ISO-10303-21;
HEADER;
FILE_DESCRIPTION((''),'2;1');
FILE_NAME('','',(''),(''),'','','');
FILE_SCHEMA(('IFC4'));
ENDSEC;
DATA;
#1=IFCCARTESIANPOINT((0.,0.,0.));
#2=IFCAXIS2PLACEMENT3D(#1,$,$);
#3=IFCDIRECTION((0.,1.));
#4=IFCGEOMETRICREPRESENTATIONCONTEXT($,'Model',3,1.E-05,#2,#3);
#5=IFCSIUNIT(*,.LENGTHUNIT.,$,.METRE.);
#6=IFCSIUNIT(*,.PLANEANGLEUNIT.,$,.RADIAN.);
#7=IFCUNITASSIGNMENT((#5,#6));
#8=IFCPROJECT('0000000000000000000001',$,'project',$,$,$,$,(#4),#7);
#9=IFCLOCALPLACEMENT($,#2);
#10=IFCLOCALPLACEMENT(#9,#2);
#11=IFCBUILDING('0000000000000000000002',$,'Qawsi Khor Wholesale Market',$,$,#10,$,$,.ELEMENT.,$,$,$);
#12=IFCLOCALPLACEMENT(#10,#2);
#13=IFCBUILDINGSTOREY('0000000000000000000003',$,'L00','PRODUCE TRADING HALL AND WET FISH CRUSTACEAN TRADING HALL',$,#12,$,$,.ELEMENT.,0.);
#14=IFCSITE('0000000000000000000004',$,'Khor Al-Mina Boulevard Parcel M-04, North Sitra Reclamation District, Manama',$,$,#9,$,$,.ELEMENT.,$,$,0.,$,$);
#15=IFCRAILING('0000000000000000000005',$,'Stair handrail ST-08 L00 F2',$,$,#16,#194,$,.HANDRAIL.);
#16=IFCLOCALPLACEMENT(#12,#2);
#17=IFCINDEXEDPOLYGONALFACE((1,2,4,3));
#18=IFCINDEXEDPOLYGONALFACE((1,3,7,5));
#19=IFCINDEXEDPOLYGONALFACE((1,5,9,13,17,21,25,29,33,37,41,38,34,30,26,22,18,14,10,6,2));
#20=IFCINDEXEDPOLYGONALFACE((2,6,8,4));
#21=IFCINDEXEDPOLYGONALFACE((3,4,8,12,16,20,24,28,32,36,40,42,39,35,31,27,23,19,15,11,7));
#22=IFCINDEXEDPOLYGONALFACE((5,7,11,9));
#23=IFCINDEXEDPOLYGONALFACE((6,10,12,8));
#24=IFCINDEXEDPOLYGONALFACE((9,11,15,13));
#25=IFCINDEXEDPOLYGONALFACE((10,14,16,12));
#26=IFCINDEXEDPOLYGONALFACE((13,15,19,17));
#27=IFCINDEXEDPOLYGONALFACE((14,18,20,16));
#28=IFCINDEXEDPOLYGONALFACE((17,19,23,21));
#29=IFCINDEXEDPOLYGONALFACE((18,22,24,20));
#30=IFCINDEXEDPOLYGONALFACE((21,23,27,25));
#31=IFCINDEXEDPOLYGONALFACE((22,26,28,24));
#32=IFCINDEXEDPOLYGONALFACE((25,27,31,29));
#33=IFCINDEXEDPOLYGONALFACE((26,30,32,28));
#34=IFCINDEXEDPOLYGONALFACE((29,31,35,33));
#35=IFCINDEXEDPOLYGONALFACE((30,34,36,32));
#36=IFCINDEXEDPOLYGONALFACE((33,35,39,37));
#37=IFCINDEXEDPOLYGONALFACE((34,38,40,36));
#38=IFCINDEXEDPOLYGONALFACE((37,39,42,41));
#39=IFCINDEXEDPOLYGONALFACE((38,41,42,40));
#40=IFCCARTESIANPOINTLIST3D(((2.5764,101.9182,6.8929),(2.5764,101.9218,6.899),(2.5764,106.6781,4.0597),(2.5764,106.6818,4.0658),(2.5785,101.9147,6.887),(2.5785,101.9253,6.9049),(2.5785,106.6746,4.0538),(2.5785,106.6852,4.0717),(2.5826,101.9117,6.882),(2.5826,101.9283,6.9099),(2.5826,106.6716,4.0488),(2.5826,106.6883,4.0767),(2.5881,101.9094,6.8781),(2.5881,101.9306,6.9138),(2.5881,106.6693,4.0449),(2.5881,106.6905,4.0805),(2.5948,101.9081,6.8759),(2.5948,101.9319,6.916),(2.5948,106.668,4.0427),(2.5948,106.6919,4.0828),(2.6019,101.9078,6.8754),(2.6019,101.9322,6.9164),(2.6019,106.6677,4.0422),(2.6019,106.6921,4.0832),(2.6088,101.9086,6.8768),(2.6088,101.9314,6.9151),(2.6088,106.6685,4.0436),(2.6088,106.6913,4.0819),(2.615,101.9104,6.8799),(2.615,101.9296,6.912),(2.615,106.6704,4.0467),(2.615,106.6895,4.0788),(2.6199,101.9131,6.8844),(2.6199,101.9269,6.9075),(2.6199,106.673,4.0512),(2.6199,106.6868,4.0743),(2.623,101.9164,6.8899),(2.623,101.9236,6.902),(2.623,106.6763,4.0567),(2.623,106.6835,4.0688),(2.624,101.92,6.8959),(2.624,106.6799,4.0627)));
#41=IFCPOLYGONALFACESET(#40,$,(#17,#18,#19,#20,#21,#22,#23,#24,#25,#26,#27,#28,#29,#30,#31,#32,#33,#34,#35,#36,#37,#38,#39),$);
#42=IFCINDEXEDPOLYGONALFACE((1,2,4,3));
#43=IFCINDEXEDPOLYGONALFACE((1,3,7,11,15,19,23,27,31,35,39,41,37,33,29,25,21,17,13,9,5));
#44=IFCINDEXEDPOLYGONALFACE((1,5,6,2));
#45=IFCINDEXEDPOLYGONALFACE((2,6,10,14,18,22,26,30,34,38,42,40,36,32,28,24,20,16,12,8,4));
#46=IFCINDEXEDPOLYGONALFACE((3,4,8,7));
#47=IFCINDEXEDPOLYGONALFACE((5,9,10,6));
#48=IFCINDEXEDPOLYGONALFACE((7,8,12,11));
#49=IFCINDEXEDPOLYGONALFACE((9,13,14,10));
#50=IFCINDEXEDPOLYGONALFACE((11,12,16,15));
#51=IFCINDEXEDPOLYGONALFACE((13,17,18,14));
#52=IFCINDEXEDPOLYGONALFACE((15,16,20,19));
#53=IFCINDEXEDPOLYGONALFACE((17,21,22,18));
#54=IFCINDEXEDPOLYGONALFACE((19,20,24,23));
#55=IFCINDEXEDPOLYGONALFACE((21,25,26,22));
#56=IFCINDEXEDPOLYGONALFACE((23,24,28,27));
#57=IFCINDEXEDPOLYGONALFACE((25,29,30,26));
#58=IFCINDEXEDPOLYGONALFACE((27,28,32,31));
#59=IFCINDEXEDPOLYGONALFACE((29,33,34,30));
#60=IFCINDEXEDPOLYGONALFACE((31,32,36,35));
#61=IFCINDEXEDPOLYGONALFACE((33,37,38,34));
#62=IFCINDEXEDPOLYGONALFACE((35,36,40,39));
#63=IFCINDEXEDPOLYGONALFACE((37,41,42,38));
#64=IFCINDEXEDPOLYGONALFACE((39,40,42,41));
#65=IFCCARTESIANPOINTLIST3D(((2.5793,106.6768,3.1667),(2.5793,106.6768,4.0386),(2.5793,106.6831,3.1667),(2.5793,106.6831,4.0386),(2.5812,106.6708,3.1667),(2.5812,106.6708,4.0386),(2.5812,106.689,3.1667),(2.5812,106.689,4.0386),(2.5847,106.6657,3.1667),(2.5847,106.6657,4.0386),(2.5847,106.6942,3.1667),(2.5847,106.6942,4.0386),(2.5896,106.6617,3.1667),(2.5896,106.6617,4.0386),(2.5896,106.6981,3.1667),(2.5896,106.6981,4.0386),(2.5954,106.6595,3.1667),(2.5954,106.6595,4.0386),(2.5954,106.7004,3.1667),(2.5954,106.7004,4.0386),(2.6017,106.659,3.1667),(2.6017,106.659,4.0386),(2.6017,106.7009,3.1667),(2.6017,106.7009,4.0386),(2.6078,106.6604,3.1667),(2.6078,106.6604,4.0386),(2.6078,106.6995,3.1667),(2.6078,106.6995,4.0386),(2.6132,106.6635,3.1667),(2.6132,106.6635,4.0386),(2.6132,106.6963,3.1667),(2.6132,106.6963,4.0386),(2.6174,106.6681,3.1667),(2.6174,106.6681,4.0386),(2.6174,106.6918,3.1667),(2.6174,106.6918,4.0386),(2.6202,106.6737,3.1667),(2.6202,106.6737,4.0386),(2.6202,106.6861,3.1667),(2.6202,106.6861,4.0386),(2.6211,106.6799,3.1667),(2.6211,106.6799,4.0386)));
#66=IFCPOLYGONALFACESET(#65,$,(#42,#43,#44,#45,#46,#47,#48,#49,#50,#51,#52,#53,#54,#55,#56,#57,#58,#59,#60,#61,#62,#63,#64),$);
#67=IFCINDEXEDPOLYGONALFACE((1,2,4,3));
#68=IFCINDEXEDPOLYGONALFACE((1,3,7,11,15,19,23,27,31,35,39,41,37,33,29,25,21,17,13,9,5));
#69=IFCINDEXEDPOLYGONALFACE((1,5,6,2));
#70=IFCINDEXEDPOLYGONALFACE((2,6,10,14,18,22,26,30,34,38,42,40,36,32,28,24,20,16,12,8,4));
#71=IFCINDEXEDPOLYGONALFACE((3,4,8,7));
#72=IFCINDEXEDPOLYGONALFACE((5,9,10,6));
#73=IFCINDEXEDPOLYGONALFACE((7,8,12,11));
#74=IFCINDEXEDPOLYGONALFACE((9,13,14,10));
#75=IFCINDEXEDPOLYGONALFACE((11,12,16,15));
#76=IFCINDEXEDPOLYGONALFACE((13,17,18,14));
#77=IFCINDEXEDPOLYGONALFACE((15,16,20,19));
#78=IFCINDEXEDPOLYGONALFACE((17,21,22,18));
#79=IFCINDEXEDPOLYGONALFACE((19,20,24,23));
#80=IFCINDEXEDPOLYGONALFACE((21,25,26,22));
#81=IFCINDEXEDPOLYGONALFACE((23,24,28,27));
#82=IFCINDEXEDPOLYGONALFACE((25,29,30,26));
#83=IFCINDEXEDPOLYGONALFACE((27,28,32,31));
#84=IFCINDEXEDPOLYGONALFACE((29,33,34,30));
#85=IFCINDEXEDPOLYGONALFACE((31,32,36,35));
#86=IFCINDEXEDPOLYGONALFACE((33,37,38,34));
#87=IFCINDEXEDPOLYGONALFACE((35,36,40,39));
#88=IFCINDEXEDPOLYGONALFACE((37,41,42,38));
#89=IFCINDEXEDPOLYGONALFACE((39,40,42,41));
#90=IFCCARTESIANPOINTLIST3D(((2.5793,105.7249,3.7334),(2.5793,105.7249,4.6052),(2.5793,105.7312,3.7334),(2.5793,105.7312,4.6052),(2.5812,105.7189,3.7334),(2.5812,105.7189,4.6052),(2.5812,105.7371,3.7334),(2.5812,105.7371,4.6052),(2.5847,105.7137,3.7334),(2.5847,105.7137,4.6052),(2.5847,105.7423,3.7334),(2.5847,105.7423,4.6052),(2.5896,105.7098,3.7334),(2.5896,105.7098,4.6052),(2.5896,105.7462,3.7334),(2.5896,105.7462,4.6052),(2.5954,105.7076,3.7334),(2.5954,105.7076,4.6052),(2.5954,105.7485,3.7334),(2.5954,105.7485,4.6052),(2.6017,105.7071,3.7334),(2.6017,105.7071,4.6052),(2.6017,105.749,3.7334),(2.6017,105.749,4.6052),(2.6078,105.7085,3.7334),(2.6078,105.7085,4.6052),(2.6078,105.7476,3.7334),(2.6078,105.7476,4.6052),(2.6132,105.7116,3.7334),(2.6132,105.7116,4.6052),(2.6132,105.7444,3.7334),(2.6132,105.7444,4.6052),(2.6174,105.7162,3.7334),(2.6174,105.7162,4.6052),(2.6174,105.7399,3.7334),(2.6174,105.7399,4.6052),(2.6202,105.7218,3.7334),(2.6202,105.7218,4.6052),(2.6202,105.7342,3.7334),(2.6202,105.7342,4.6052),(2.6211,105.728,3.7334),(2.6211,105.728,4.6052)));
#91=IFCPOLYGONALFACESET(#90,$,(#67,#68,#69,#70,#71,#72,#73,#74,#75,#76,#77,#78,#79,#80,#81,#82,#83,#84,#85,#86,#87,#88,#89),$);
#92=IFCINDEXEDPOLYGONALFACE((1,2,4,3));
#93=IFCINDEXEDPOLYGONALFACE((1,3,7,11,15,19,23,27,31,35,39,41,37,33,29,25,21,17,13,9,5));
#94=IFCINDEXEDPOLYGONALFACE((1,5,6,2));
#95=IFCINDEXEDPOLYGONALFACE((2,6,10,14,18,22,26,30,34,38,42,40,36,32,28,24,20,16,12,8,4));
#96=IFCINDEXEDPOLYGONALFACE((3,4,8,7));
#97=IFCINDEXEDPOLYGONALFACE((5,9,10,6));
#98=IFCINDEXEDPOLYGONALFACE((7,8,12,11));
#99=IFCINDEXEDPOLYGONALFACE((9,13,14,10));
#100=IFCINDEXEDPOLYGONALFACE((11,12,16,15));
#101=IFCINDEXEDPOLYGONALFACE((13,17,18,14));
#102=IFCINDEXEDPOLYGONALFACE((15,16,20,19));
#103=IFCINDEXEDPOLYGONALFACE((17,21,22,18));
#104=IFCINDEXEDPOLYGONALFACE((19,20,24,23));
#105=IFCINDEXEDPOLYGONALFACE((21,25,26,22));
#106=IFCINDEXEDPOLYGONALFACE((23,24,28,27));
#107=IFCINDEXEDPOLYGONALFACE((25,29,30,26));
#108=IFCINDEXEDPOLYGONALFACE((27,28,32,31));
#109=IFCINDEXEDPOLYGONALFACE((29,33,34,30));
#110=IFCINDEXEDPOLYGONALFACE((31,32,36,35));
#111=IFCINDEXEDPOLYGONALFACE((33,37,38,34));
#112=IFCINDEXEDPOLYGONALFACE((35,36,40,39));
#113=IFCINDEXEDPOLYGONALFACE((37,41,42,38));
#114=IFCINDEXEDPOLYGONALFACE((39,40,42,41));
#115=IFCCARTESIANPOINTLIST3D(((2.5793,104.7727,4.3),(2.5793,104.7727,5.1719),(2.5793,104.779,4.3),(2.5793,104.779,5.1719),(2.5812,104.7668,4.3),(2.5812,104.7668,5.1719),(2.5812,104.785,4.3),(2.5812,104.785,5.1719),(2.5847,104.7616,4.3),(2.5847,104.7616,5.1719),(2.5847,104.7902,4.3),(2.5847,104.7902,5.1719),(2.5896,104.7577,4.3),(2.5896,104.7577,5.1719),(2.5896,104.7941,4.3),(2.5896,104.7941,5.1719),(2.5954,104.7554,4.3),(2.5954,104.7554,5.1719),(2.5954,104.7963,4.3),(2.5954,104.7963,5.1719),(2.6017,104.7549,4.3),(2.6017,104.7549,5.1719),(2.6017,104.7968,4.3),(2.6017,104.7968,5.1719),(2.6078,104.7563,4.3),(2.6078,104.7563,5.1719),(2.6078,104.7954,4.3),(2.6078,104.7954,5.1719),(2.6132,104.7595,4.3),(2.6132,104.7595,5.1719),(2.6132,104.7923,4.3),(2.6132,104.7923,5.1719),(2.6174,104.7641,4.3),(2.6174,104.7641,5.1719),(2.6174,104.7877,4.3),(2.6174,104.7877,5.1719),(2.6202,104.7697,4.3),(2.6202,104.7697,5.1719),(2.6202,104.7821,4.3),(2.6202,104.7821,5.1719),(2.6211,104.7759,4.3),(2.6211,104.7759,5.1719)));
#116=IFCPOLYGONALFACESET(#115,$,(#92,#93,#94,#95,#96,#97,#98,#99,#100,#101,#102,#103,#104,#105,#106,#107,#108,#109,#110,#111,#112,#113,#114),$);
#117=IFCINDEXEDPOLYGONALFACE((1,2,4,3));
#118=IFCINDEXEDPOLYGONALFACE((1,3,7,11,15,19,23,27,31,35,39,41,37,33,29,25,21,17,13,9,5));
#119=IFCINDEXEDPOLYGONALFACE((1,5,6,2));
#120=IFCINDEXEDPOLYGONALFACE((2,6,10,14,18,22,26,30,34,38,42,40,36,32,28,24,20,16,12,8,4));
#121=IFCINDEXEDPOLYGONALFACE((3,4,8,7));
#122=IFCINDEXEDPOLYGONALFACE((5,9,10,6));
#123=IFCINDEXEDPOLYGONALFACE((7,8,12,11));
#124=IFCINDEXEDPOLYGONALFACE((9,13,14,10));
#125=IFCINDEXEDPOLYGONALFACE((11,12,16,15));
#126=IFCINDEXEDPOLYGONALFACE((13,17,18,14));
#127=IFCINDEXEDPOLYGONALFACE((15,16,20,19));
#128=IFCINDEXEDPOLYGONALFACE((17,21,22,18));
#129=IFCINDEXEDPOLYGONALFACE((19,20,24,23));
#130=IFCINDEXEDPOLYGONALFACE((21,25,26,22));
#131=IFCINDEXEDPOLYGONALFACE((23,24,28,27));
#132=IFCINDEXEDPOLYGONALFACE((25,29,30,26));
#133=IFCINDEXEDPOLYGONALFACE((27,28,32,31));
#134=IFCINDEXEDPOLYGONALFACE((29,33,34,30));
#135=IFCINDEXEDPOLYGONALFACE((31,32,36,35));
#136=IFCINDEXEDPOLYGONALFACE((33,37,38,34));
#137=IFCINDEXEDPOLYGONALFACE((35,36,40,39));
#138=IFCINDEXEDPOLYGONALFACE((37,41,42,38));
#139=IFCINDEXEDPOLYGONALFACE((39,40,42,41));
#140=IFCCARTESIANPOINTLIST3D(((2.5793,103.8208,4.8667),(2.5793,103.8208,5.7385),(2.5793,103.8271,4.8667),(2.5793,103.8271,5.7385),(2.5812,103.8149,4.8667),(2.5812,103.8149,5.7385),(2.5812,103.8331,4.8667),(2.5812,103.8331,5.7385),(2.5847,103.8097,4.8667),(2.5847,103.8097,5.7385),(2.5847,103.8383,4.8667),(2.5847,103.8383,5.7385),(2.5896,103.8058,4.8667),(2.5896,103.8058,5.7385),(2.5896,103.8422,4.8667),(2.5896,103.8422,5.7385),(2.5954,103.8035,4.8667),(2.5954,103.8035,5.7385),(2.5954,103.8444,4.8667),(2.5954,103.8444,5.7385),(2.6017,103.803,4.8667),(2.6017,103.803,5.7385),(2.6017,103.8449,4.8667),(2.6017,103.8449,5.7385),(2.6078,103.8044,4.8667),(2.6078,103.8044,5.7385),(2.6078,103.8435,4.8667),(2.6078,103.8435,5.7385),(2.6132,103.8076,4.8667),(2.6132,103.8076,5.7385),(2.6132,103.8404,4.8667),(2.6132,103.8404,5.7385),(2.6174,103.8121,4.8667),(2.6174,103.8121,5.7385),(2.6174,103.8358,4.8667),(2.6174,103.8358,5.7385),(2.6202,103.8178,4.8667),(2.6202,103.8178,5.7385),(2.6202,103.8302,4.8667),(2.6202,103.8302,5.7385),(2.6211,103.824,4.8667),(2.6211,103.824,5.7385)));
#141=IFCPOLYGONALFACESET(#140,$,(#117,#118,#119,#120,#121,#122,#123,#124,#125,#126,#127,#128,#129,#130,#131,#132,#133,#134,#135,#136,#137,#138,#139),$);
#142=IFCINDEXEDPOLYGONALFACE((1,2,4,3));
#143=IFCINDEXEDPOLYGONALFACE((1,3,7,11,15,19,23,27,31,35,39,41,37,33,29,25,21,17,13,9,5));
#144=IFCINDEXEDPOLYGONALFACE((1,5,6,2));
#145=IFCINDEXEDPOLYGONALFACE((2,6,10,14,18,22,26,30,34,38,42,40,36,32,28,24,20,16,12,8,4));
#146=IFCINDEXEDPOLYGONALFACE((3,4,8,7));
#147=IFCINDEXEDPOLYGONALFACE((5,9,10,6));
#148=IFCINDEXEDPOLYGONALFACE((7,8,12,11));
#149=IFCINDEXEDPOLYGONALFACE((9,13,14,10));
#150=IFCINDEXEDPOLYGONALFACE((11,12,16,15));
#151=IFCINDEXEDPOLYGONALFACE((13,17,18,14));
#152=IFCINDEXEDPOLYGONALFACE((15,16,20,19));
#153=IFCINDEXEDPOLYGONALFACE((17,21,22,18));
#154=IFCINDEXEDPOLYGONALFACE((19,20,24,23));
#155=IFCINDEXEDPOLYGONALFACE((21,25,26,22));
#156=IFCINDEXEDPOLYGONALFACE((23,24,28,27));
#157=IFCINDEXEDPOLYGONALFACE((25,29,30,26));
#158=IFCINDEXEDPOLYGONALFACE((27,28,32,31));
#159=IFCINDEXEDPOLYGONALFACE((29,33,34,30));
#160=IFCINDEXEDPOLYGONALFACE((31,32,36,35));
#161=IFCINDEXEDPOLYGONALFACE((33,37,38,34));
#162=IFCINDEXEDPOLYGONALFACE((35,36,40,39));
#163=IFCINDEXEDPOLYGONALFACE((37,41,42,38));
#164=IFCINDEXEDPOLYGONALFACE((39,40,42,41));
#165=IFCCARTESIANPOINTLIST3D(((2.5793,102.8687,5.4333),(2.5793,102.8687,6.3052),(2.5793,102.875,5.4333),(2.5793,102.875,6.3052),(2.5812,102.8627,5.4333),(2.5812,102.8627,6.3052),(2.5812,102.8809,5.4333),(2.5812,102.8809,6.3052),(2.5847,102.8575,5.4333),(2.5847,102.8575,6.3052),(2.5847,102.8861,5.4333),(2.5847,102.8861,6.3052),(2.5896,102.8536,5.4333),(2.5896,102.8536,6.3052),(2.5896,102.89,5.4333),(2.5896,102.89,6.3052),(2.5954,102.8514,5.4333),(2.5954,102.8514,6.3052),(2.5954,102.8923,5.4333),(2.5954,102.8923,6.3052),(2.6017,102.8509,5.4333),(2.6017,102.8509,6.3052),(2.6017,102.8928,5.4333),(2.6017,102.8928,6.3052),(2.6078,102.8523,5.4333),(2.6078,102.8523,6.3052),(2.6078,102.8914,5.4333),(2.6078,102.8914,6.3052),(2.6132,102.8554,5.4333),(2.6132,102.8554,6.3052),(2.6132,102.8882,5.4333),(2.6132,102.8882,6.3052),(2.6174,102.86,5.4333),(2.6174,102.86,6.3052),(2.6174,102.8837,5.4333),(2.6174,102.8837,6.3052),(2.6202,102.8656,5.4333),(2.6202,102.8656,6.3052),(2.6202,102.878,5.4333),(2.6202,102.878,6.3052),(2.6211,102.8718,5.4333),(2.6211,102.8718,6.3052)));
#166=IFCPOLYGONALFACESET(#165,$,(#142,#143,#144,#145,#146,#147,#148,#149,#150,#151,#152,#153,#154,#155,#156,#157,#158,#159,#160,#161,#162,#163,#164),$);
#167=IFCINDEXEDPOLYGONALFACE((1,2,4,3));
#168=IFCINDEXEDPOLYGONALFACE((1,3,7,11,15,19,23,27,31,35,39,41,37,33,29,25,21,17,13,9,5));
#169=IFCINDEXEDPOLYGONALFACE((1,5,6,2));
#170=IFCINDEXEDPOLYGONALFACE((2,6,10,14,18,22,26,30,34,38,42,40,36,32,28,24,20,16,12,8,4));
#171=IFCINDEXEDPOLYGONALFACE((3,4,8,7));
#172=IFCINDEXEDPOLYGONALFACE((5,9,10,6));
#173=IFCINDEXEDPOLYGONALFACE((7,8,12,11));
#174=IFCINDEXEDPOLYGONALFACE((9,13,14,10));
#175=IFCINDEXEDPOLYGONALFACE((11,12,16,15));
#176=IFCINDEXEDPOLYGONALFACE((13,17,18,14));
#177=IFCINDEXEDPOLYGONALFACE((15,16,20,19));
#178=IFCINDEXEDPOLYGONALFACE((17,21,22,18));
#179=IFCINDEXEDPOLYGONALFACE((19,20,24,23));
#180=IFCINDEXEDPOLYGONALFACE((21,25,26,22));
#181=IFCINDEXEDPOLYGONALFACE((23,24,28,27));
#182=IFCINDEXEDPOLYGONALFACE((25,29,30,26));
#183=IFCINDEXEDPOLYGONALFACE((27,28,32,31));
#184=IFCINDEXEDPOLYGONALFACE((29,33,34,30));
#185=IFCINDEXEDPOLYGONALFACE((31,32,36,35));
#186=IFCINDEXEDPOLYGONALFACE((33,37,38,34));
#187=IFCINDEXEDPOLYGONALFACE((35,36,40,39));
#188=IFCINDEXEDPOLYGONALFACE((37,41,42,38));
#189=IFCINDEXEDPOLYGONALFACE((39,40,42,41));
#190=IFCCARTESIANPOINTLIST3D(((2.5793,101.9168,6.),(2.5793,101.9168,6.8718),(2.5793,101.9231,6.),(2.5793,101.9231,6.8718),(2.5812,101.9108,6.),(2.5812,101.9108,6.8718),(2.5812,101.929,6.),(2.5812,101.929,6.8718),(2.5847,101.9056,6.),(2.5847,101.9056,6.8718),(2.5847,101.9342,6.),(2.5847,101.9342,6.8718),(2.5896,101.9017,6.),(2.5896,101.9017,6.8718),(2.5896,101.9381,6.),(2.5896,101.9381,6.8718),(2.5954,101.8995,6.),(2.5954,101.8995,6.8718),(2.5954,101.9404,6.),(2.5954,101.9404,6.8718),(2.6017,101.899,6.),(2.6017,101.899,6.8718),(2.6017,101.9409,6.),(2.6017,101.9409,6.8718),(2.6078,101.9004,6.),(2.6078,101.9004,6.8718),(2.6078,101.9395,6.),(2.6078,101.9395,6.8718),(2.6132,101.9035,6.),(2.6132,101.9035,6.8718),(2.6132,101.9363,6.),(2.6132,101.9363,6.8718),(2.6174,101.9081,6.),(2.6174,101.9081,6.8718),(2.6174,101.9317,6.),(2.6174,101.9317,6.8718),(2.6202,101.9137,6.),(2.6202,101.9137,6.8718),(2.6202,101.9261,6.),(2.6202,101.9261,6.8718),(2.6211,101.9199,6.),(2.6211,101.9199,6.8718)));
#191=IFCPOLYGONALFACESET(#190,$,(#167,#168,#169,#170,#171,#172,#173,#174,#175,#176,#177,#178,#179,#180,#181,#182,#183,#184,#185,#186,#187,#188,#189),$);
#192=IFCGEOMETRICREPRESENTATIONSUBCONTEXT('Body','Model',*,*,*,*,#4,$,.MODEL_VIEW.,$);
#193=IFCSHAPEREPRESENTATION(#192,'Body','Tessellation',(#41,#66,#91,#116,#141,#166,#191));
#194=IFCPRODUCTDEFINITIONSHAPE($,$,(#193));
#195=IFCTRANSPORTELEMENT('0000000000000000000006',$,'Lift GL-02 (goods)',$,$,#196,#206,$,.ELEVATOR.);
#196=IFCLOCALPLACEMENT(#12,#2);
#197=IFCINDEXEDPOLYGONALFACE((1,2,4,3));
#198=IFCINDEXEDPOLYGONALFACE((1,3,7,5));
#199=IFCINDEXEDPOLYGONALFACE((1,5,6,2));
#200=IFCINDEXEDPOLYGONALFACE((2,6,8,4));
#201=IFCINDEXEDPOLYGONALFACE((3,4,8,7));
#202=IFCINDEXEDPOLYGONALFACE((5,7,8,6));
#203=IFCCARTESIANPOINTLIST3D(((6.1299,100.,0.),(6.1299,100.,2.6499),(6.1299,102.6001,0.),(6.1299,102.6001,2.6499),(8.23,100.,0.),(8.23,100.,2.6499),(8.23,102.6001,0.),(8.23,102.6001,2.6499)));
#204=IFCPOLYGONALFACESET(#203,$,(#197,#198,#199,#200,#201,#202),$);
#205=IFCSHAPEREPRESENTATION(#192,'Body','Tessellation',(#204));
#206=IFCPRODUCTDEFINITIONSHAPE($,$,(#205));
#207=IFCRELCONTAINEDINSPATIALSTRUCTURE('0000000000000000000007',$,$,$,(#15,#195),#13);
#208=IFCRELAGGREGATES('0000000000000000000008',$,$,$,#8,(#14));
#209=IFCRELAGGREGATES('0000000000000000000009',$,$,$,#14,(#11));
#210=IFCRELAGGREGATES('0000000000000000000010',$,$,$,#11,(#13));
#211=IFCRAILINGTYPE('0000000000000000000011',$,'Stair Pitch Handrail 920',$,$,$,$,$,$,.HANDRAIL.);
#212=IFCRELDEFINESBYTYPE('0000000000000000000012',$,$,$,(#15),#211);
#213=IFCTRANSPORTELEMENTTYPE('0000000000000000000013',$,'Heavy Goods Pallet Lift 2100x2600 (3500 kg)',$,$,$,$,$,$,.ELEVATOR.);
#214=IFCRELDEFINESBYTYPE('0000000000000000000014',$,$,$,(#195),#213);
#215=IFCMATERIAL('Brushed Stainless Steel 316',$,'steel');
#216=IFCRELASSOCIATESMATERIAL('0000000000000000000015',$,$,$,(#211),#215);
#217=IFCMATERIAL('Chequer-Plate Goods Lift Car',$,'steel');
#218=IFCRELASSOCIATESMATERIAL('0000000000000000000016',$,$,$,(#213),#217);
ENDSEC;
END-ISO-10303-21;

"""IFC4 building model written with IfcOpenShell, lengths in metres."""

from ifc_helpers import new_model, si_unit, direction, frame, origin, origin_2d, place, context, subcontext, project, spatial, rectangle, circle, extrude, material, type_object, element, save


model = new_model("IFC4")

# Units and contexts
model_context = context("Model", 3, precision=1e-05, world=origin(), true_north=direction((0.0, 1.0)))
body_context = subcontext(model_context, "Body", "Model", "MODEL_VIEW")
ifc_project = project(units=[si_unit("LENGTHUNIT", "METRE"), si_unit("PLANEANGLEUNIT", "RADIAN")], contexts=[model_context])

# Site, building, storey
site_placement = place(None, origin())
site = spatial("IfcSite", under=ifc_project, at=site_placement, Name="Khor Al-Mina Boulevard Parcel M-04, North Sitra Reclamation District, Manama", CompositionType="ELEMENT", RefElevation=0.0)
building_placement = place(site_placement, origin())
building = spatial("IfcBuilding", under=site, at=building_placement, Name="Qawsi Khor Wholesale Market", CompositionType="ELEMENT")
storey_placement = place(building_placement, origin())
storey = spatial("IfcBuildingStorey", under=building, at=storey_placement, Name="L00", Description="PRODUCE TRADING HALL AND WET FISH CRUSTACEAN TRADING HALL", CompositionType="ELEMENT", Elevation=0.0)

# Railing
ifc_material_1 = material(Name="Brushed Stainless Steel 316", Category="steel")
railing_type = type_object("IfcRailingType", Name="Stair Pitch Handrail 920", PredefinedType="HANDRAIL", material=ifc_material_1)
railing_1_placement = place(storey_placement, frame((2.6001, 106.6799, 3.1667)))
element("IfcRailing", 1, at=railing_1_placement, inside=storey, type_object=railing_type, Name="Stair handrail ST-08 L00 F2", PredefinedType="HANDRAIL", context=body_context, shape_type="SweptSolid", body=[
    extrude(circle(Radius=0.0239, at=origin_2d()), frame((0.0, 0.0, 0.896), z_axis=(0.0, -0.8593, 0.511472), x_axis=(1.0, 0.0, 0.0)), (0.0, 0.0, 1.0), 5.5393),
    extrude(circle(Radius=0.021, at=origin_2d()), origin(), (0.0, 0.0, 1.0), 0.8718),
    extrude(circle(Radius=0.021, at=origin_2d()), frame((0.0, -0.9519, 0.5667)), (0.0, 0.0, 1.0), 0.8718),
    extrude(circle(Radius=0.021, at=origin_2d()), frame((0.0, -1.9041, 1.1333)), (0.0, 0.0, 1.0), 0.8718),
    extrude(circle(Radius=0.021, at=origin_2d()), frame((0.0, -2.856, 1.7)), (0.0, 0.0, 1.0), 0.8718),
    extrude(circle(Radius=0.021, at=origin_2d()), frame((0.0, -3.8081, 2.2666)), (0.0, 0.0, 1.0), 0.8718),
    extrude(circle(Radius=0.021, at=origin_2d()), frame((0.0, -4.76, 2.8333)), (0.0, 0.0, 1.0), 0.8718),
])

# Transport element
ifc_material_2 = material(Name="Chequer-Plate Goods Lift Car", Category="steel")
transport_element_type = type_object("IfcTransportElementType", Name="Heavy Goods Pallet Lift 2100x2600 (3500 kg)", PredefinedType="ELEVATOR", material=ifc_material_2)
transport_element_placement = place(storey_placement, frame((7.1799, 101.3, 0.0), z_axis=(0.0, 0.0, 1.0), x_axis=(1.0, 0.0, 0.0)))
element("IfcTransportElement", 2, at=transport_element_placement, inside=storey, type_object=transport_element_type, Name="Lift GL-02 (goods)", PredefinedType="ELEVATOR", context=body_context, shape_type="SweptSolid", body=[
    extrude(rectangle(XDim=2.1001, YDim=2.6001, at=origin_2d()), origin(), (0.0, 0.0, 1.0), 2.6499),
])

save(model, "model.ifc")
